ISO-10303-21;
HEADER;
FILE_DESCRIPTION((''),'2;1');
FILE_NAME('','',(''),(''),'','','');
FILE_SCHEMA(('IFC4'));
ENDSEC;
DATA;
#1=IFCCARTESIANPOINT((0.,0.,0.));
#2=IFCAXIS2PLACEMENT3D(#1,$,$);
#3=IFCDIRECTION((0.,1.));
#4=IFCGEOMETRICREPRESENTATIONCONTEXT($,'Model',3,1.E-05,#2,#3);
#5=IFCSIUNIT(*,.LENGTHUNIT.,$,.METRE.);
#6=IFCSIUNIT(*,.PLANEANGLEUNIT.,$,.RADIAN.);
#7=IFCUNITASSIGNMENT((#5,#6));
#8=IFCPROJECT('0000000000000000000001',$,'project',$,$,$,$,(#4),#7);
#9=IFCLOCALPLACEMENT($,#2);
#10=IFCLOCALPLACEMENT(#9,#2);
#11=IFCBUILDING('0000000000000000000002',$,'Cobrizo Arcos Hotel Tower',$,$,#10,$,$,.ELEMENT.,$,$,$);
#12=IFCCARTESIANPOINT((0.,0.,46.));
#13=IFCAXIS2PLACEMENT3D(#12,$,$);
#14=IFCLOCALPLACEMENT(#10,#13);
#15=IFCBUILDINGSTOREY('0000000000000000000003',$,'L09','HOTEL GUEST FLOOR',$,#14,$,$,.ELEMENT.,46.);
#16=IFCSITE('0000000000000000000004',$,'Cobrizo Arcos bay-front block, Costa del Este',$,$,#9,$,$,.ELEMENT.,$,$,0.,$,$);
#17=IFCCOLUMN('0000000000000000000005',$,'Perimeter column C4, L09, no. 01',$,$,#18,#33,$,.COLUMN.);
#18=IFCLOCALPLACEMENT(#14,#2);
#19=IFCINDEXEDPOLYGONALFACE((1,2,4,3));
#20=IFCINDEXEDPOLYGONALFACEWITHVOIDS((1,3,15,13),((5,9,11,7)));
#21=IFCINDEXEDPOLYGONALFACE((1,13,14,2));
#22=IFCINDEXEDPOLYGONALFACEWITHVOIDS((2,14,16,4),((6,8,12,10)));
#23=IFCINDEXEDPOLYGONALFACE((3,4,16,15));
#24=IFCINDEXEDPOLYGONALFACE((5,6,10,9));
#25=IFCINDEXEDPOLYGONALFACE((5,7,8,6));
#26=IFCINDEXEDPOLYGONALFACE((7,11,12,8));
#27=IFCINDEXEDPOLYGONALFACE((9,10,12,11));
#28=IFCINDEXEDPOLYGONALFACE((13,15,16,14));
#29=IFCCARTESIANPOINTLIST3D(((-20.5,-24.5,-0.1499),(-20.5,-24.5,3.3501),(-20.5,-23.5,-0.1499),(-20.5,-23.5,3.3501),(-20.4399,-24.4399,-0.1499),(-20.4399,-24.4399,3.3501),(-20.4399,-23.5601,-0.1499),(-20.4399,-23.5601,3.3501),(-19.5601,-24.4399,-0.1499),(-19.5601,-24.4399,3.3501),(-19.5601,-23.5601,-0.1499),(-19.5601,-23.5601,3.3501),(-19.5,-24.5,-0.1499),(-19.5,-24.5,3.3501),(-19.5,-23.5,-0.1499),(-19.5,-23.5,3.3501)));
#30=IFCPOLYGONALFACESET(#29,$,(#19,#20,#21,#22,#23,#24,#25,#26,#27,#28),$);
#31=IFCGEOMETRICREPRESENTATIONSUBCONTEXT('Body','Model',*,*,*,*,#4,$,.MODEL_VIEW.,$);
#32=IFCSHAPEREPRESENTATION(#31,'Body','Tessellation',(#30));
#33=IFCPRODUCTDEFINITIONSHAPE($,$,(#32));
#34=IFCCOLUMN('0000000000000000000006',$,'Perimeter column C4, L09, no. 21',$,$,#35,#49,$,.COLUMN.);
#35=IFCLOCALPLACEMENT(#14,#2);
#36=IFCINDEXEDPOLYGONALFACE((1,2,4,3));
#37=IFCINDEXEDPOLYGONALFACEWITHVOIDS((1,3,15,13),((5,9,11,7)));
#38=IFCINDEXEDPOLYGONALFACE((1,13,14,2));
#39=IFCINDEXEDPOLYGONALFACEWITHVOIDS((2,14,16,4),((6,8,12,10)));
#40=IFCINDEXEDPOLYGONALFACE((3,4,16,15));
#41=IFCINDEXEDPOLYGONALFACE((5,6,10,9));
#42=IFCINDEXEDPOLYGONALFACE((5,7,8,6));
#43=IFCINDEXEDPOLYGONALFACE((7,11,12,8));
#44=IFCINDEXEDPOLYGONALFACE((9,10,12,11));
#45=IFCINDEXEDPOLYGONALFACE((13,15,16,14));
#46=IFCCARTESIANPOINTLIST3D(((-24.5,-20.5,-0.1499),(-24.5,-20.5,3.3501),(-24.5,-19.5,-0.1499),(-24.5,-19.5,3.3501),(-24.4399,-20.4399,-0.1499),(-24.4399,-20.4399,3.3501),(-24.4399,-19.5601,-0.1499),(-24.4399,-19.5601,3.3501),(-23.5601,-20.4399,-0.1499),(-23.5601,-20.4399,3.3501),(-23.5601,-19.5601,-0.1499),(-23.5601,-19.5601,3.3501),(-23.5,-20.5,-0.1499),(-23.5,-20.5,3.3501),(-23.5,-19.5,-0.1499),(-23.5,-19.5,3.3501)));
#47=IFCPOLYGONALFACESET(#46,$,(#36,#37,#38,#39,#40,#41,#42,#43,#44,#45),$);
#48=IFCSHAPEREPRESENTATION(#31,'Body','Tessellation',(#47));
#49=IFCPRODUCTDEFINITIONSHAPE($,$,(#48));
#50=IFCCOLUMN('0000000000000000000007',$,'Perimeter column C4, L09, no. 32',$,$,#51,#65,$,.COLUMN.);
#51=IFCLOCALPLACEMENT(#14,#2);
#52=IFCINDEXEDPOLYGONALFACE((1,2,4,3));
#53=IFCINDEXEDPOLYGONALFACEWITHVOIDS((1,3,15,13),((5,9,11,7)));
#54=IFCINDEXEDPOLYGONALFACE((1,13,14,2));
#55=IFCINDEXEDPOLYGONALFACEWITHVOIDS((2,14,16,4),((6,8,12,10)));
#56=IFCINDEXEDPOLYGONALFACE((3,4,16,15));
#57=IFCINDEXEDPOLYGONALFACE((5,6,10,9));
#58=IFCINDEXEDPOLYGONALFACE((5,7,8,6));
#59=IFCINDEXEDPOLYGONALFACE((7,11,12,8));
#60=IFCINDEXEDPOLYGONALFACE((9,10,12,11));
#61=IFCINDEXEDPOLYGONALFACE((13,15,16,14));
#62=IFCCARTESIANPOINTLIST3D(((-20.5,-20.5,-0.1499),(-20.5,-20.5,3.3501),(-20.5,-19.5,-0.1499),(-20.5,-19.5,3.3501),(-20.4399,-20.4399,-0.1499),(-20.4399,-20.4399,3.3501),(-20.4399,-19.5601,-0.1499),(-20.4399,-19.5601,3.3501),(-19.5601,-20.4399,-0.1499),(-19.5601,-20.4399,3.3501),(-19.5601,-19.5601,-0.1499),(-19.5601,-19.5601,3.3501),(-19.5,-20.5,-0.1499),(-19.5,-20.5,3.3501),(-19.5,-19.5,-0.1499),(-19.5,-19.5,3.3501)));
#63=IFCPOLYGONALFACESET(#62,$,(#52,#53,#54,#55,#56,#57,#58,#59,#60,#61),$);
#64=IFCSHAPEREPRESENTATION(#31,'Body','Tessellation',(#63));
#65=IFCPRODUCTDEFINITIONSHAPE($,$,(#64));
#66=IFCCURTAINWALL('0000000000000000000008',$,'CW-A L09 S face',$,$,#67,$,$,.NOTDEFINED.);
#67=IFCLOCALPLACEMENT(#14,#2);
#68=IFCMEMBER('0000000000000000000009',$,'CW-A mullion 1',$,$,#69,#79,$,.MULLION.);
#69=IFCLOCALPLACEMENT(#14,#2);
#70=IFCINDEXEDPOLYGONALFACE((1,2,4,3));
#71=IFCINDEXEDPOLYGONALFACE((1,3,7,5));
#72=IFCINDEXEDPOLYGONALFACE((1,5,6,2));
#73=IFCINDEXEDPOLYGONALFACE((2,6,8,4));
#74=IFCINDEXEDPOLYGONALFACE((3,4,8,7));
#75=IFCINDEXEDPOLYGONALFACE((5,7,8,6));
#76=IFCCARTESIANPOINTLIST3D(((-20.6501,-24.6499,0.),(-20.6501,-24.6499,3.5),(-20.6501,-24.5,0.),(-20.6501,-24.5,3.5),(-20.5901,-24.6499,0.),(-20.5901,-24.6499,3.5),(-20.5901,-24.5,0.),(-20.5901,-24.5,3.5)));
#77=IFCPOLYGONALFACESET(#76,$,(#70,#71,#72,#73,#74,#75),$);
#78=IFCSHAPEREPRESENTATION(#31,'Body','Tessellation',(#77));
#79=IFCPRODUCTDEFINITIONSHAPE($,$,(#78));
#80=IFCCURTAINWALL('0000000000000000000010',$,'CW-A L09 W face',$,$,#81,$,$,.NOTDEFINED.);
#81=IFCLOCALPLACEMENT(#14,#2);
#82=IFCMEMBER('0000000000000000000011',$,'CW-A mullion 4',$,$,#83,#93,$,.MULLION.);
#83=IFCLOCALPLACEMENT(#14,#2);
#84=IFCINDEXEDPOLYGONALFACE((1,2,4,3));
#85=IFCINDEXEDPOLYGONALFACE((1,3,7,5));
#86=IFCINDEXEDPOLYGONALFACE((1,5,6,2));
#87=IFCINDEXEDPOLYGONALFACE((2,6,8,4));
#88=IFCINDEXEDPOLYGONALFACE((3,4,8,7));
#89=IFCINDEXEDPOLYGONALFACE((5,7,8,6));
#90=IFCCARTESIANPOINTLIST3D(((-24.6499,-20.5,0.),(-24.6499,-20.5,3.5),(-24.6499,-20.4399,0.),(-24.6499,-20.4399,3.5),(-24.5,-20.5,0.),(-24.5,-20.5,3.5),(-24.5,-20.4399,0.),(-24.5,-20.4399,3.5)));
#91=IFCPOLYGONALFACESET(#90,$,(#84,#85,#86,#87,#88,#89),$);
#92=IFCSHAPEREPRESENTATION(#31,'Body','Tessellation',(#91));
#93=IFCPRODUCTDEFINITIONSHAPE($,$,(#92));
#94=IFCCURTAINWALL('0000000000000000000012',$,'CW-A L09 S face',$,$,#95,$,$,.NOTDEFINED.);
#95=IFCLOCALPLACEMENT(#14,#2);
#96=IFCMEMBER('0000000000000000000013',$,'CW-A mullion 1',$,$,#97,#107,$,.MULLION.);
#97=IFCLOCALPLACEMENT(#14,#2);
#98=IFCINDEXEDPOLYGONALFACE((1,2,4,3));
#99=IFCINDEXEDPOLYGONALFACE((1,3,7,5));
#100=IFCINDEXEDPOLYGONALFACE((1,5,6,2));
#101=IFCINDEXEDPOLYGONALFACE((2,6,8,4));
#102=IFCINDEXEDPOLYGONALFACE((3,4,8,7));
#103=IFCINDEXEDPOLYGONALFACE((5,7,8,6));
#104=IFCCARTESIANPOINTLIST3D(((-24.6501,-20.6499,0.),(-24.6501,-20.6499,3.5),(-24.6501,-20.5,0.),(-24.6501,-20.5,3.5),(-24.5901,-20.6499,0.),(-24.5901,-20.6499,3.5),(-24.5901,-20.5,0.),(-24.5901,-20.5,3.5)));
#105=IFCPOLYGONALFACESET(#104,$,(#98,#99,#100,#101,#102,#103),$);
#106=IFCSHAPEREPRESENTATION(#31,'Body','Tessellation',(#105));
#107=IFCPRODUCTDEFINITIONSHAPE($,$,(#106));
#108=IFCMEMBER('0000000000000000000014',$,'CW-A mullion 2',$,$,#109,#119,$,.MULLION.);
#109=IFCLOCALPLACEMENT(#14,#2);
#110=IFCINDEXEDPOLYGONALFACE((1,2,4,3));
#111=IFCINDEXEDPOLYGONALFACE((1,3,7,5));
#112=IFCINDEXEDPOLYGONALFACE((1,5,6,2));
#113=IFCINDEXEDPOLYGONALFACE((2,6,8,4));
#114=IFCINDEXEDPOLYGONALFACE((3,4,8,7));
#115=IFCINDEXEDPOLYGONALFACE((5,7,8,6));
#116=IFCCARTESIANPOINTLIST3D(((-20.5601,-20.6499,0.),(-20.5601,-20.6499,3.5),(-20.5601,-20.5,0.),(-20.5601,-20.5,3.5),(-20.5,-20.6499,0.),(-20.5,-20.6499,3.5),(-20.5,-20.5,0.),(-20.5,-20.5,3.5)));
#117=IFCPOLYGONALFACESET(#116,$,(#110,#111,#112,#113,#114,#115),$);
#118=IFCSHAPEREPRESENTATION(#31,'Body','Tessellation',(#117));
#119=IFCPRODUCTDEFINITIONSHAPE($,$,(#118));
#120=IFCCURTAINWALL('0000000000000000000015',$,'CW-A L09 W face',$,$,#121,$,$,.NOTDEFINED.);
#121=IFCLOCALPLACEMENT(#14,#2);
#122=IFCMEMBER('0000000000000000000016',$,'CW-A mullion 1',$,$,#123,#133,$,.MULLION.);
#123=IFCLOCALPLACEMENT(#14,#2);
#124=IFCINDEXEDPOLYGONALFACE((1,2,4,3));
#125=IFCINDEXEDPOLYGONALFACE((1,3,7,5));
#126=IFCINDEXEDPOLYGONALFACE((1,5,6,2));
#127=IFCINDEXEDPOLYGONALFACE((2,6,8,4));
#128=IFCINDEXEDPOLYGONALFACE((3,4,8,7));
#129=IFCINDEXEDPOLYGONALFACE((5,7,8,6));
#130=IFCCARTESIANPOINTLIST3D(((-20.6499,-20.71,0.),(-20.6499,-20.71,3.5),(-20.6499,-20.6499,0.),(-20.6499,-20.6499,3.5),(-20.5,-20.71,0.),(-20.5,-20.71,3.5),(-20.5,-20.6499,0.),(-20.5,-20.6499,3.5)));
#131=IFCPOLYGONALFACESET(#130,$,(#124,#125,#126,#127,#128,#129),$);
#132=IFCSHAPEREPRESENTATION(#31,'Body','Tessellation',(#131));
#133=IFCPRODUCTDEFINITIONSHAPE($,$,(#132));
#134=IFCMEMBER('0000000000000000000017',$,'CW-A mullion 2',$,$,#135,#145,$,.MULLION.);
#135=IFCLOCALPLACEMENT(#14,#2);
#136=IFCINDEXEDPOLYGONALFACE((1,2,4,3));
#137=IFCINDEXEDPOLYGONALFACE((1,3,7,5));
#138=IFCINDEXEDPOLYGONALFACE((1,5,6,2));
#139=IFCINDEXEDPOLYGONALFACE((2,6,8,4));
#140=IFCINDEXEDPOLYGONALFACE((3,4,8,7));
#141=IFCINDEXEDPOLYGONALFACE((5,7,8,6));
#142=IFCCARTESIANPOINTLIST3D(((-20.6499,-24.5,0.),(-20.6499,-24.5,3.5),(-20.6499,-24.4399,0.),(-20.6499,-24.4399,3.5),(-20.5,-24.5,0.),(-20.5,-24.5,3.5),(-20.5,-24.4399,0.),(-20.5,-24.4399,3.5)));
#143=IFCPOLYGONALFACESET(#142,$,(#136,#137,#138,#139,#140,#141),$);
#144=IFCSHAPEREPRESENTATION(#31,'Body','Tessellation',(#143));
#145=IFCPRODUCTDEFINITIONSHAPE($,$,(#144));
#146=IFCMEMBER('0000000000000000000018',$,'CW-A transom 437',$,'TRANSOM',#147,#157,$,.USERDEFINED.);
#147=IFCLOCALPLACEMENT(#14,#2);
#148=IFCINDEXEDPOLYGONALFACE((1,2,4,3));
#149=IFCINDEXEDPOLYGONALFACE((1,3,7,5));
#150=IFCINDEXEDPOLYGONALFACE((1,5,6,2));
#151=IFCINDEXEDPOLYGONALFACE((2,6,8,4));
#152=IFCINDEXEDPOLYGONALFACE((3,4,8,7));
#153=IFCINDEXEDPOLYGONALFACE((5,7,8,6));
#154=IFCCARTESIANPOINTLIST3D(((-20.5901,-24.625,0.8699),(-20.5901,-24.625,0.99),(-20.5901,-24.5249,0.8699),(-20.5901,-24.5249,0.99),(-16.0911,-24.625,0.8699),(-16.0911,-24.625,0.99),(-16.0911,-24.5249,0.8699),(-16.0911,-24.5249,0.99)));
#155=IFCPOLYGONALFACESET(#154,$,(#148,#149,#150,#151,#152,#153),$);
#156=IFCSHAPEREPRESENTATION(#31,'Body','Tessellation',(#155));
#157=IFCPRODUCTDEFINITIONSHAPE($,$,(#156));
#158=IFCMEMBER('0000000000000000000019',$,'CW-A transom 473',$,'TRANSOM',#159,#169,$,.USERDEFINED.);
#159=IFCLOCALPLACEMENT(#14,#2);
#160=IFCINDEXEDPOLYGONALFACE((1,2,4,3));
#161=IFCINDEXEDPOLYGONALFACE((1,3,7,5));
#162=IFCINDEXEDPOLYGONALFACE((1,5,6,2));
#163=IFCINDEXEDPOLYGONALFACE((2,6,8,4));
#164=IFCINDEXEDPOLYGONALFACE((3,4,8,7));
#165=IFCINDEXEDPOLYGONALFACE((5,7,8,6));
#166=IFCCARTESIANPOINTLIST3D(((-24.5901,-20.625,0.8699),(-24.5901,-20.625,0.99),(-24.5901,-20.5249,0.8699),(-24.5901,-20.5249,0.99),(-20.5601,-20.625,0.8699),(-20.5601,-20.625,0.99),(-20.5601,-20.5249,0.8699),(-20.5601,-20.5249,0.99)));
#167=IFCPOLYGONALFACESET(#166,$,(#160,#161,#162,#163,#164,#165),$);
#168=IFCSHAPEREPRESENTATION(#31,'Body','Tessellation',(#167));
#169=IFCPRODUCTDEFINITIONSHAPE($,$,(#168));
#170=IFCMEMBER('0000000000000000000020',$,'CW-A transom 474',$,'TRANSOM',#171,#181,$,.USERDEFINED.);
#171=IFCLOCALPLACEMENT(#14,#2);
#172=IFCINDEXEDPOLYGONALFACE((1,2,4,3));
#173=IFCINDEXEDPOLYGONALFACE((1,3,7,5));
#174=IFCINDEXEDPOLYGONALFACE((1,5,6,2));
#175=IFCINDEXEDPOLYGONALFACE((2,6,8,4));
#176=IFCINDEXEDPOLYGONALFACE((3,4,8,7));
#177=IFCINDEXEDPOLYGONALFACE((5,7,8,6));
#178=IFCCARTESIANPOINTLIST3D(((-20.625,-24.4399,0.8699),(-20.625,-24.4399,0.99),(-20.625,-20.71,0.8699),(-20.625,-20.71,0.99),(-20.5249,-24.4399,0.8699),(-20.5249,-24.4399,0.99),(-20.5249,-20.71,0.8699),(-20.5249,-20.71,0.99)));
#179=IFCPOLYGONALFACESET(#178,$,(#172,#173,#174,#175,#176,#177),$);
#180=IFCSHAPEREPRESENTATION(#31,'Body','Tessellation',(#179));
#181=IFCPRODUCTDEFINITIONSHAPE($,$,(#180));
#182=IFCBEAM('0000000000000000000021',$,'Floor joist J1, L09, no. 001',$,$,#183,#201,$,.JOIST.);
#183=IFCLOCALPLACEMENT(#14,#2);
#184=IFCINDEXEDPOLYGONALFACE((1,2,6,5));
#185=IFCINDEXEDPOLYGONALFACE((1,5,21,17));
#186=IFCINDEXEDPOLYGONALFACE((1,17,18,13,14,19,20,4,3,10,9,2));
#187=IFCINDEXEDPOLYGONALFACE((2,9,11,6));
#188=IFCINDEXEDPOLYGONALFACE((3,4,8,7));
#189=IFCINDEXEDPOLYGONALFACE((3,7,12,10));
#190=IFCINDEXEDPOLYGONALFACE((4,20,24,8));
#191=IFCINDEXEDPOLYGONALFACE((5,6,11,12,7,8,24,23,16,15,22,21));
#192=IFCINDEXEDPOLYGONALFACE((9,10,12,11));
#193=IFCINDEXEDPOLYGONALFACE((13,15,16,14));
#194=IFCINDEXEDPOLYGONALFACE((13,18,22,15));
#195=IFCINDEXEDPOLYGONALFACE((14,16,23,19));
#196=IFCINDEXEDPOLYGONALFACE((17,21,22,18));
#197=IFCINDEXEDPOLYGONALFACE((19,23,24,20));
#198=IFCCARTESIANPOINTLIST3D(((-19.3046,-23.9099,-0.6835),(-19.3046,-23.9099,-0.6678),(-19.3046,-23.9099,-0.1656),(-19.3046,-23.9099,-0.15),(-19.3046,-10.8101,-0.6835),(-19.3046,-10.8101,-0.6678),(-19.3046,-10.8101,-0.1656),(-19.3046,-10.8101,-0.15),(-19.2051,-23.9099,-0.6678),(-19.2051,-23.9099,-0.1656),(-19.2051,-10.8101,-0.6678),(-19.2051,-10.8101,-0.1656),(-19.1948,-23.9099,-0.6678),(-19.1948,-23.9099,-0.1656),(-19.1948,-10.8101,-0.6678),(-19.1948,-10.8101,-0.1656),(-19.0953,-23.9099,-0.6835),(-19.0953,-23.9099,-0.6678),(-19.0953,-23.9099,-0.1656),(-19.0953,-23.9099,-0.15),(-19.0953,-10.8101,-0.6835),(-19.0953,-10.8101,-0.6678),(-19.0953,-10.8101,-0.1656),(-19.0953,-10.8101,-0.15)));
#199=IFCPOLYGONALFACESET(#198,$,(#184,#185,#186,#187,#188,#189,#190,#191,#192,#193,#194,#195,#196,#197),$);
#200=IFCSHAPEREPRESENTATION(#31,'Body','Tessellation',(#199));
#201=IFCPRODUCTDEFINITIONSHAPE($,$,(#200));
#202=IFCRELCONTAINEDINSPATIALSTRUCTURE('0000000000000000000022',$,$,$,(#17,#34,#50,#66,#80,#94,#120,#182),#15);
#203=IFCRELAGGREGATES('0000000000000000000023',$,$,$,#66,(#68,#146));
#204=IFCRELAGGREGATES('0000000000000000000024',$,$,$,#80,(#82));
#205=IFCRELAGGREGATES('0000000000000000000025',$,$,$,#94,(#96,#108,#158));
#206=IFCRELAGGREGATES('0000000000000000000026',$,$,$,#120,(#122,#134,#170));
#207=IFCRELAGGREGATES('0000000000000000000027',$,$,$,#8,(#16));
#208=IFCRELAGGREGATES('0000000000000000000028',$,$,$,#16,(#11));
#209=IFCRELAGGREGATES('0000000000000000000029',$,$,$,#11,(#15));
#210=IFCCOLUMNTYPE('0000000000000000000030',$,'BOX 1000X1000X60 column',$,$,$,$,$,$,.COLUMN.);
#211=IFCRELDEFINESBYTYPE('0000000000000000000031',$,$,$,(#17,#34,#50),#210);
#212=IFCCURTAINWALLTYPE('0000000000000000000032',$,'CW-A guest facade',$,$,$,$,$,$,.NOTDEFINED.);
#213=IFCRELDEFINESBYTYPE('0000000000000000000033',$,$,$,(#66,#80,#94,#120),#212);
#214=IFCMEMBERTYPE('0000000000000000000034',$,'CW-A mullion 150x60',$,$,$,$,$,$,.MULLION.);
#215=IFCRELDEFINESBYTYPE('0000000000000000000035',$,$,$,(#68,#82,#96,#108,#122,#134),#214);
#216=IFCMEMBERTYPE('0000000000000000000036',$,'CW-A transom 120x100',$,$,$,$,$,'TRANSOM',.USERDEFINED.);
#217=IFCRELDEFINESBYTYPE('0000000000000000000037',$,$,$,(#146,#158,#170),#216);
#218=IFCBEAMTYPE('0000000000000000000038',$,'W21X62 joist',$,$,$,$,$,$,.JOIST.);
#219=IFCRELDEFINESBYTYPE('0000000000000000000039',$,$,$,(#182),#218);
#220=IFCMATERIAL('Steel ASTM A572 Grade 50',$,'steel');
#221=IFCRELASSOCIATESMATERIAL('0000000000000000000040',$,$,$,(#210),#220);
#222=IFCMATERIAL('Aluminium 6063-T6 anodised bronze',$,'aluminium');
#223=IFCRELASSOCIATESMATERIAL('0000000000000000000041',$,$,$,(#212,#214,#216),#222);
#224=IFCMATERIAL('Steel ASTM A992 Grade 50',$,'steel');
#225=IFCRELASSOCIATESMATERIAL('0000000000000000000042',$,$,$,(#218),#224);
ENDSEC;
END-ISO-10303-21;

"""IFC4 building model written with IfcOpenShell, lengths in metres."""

from ifc_helpers import new_model, si_unit, direction, frame, origin, origin_2d, place, context, subcontext, project, spatial, rectangle, hollow_rectangle, i_section, extrude, material, material_profile, profile_set, type_object, element, aggregate, save


model = new_model("IFC4")

# Units and contexts
model_context = context("Model", 3, precision=1e-05, world=origin(), true_north=direction((0.0, 1.0)))
body_context = subcontext(model_context, "Body", "Model", "MODEL_VIEW")
ifc_project = project(units=[si_unit("LENGTHUNIT", "METRE"), si_unit("PLANEANGLEUNIT", "RADIAN")], contexts=[model_context])

# Site, building, storey
site_placement = place(None, origin())
site = spatial("IfcSite", under=ifc_project, at=site_placement, Name="Cobrizo Arcos bay-front block, Costa del Este", CompositionType="ELEMENT", RefElevation=0.0)
building_placement = place(site_placement, origin())
building = spatial("IfcBuilding", under=site, at=building_placement, Name="Cobrizo Arcos Hotel Tower", CompositionType="ELEMENT")
storey_placement = place(building_placement, frame((0.0, 0.0, 46.0)))
storey = spatial("IfcBuildingStorey", under=building, at=storey_placement, Name="L09", Description="HOTEL GUEST FLOOR", CompositionType="ELEMENT", Elevation=46.0)

# Columns
ifc_material_1 = material(Name="Steel ASTM A572 Grade 50", Category="steel")
ifc_material_profile_1 = material_profile(ifc_material_1, hollow_rectangle(XDim=1.0, YDim=1.0, WallThickness=0.0601, at=origin_2d()), Name="BOX 1000X1000X60")
ifc_profile_set_1 = profile_set([ifc_material_profile_1], Name="Steel ASTM A572 Grade 50")
column_type = type_object("IfcColumnType", Name="BOX 1000X1000X60 column", PredefinedType="COLUMN", material=ifc_profile_set_1)
for number, where, z_axis, x_axis, name in (
    (1, (-20.0, -24.0, -0.1499), (0.0, 0.0, 1.0), (1.0, 0.0, 0.0), "Perimeter column C4, L09, no. 01"),
    (2, (-24.0, -20.0, -0.1499), (0.0, 0.0, 1.0), (1.0, 0.0, 0.0), "Perimeter column C4, L09, no. 21"),
    (3, (-20.0, -20.0, -0.1499), (0.0, 0.0, 1.0), (1.0, 0.0, 0.0), "Perimeter column C4, L09, no. 32"),
):
    element("IfcColumn", number, at=place(storey_placement, frame(where, z_axis=z_axis, x_axis=x_axis)), inside=storey, type_object=column_type, Name=name, PredefinedType="COLUMN", context=body_context, shape_type="SweptSolid", body=[
        extrude(hollow_rectangle(XDim=1.0, YDim=1.0, WallThickness=0.0601, at=origin_2d()), origin(), (0.0, 0.0, 1.0), 3.5),
    ])

# Curtain walls, members
ifc_material_2 = material(Name="Aluminium 6063-T6 anodised bronze", Category="aluminium")
curtain_wall_type = type_object("IfcCurtainWallType", Name="CW-A guest facade", PredefinedType="NOTDEFINED", material=ifc_material_2)
curtain_wall_1_placement = place(storey_placement, origin())
curtain_wall_1 = element("IfcCurtainWall", 4, at=curtain_wall_1_placement, inside=storey, type_object=curtain_wall_type, Name="CW-A L09 S face", PredefinedType="NOTDEFINED")
ifc_material_profile_2 = material_profile(ifc_material_2, rectangle(XDim=0.1499, YDim=0.0601, at=origin_2d()), Name="CW-A mullion 150x60")
ifc_profile_set_2 = profile_set([ifc_material_profile_2], Name="Aluminium 6063-T6 anodised bronze")
member_type_1 = type_object("IfcMemberType", Name="CW-A mullion 150x60", PredefinedType="MULLION", material=ifc_profile_set_2)
member_1_placement = place(storey_placement, frame((-20.6201, -24.575, 0.0), z_axis=(0.0, 0.0, 1.0), x_axis=(0.0, -1.0, 0.0)))
member_1 = element("IfcMember", 5, at=member_1_placement, type_object=member_type_1, Name="CW-A mullion 1", PredefinedType="MULLION", context=body_context, shape_type="SweptSolid", body=[
    extrude(rectangle(XDim=0.1499, YDim=0.0601, at=origin_2d()), origin(), (0.0, 0.0, 1.0), 3.5),
])
curtain_wall_2_placement = place(storey_placement, origin())
curtain_wall_2 = element("IfcCurtainWall", 6, at=curtain_wall_2_placement, inside=storey, type_object=curtain_wall_type, Name="CW-A L09 W face", PredefinedType="NOTDEFINED")
member_2_placement = place(storey_placement, frame((-24.575, -20.47, 0.0), z_axis=(0.0, 0.0, 1.0), x_axis=(-1.0, 0.0, 0.0)))
member_2 = element("IfcMember", 7, at=member_2_placement, type_object=member_type_1, Name="CW-A mullion 4", PredefinedType="MULLION", context=body_context, shape_type="SweptSolid", body=[
    extrude(rectangle(XDim=0.1499, YDim=0.0601, at=origin_2d()), origin(), (0.0, 0.0, 1.0), 3.5),
])

# Curtain walls, members
curtain_wall_3_placement = place(storey_placement, origin())
curtain_wall_3 = element("IfcCurtainWall", 8, at=curtain_wall_3_placement, inside=storey, type_object=curtain_wall_type, Name="CW-A L09 S face", PredefinedType="NOTDEFINED")
member_3_placement = place(storey_placement, frame((-24.6201, -20.575, 0.0), z_axis=(0.0, 0.0, 1.0), x_axis=(0.0, -1.0, 0.0)))
member_3 = element("IfcMember", 9, at=member_3_placement, type_object=member_type_1, Name="CW-A mullion 1", PredefinedType="MULLION", context=body_context, shape_type="SweptSolid", body=[
    extrude(rectangle(XDim=0.1499, YDim=0.0601, at=origin_2d()), origin(), (0.0, 0.0, 1.0), 3.5),
])
member_4_placement = place(storey_placement, frame((-20.53, -20.575, 0.0), z_axis=(0.0, 0.0, 1.0), x_axis=(0.0, -1.0, 0.0)))
member_4 = element("IfcMember", 10, at=member_4_placement, type_object=member_type_1, Name="CW-A mullion 2", PredefinedType="MULLION", context=body_context, shape_type="SweptSolid", body=[
    extrude(rectangle(XDim=0.1499, YDim=0.0601, at=origin_2d()), origin(), (0.0, 0.0, 1.0), 3.5),
])
curtain_wall_4_placement = place(storey_placement, origin())
curtain_wall_4 = element("IfcCurtainWall", 11, at=curtain_wall_4_placement, inside=storey, type_object=curtain_wall_type, Name="CW-A L09 W face", PredefinedType="NOTDEFINED")
member_5_placement = place(storey_placement, frame((-20.575, -20.6799, 0.0), z_axis=(0.0, 0.0, 1.0), x_axis=(-1.0, 0.0, 0.0)))
member_5 = element("IfcMember", 12, at=member_5_placement, type_object=member_type_1, Name="CW-A mullion 1", PredefinedType="MULLION", context=body_context, shape_type="SweptSolid", body=[
    extrude(rectangle(XDim=0.1499, YDim=0.0601, at=origin_2d()), origin(), (0.0, 0.0, 1.0), 3.5),
])
member_6_placement = place(storey_placement, frame((-20.575, -24.47, 0.0), z_axis=(0.0, 0.0, 1.0), x_axis=(-1.0, 0.0, 0.0)))
member_6 = element("IfcMember", 13, at=member_6_placement, type_object=member_type_1, Name="CW-A mullion 2", PredefinedType="MULLION", context=body_context, shape_type="SweptSolid", body=[
    extrude(rectangle(XDim=0.1499, YDim=0.0601, at=origin_2d()), origin(), (0.0, 0.0, 1.0), 3.5),
])

# Members
ifc_material_profile_3 = material_profile(ifc_material_2, rectangle(XDim=0.1001, YDim=0.1201, at=origin_2d()), Name="CW-A transom 120x100")
ifc_profile_set_3 = profile_set([ifc_material_profile_3], Name="Aluminium 6063-T6 anodised bronze")
member_type_2 = type_object("IfcMemberType", Name="CW-A transom 120x100", ElementType="TRANSOM", PredefinedType="USERDEFINED", material=ifc_profile_set_3)
member_7_placement = place(storey_placement, frame((-20.5901, -24.575, 0.9299), z_axis=(1.0, 0.0, 0.0), x_axis=(0.0, 1.0, 0.0)))
member_7 = element("IfcMember", 14, at=member_7_placement, type_object=member_type_2, Name="CW-A transom 437", ObjectType="TRANSOM", PredefinedType="USERDEFINED", context=body_context, shape_type="SweptSolid", body=[
    extrude(rectangle(XDim=0.1001, YDim=0.1201, at=origin_2d()), origin(), (0.0, 0.0, 1.0), 4.499),
])
member_8_placement = place(storey_placement, frame((-24.5901, -20.575, 0.9299), z_axis=(1.0, 0.0, 0.0), x_axis=(0.0, 1.0, 0.0)))
member_8 = element("IfcMember", 15, at=member_8_placement, type_object=member_type_2, Name="CW-A transom 473", ObjectType="TRANSOM", PredefinedType="USERDEFINED", context=body_context, shape_type="SweptSolid", body=[
    extrude(rectangle(XDim=0.1001, YDim=0.1201, at=origin_2d()), origin(), (0.0, 0.0, 1.0), 4.03),
])
member_9_placement = place(storey_placement, frame((-20.575, -20.71, 0.9299), z_axis=(0.0, -1.0, 0.0), x_axis=(1.0, 0.0, 0.0)))
member_9 = element("IfcMember", 16, at=member_9_placement, type_object=member_type_2, Name="CW-A transom 474", ObjectType="TRANSOM", PredefinedType="USERDEFINED", context=body_context, shape_type="SweptSolid", body=[
    extrude(rectangle(XDim=0.1001, YDim=0.1201, at=origin_2d()), origin(), (0.0, 0.0, 1.0), 3.73),
])

# Beam
ifc_material_3 = material(Name="Steel ASTM A992 Grade 50", Category="steel")
ifc_material_profile_4 = material_profile(ifc_material_3, i_section(OverallWidth=0.2092, OverallDepth=0.5334, WebThickness=0.0103, FlangeThickness=0.0156, at=origin_2d()), Name="W21X62")
ifc_profile_set_4 = profile_set([ifc_material_profile_4], Name="Steel ASTM A992 Grade 50")
beam_type_1 = type_object("IfcBeamType", Name="W21X62 joist", PredefinedType="JOIST", material=ifc_profile_set_4)
beam_placement = place(storey_placement, frame((-19.2, -23.9099, -0.4167), z_axis=(0.0, 1.0, 0.0), x_axis=(-1.0, 0.0, 0.0)))
element("IfcBeam", 17, at=beam_placement, inside=storey, type_object=beam_type_1, Name="Floor joist J1, L09, no. 001", PredefinedType="JOIST", context=body_context, shape_type="SweptSolid", body=[
    extrude(i_section(OverallWidth=0.2092, OverallDepth=0.5334, WebThickness=0.0103, FlangeThickness=0.0156, at=origin_2d()), origin(), (0.0, 0.0, 1.0), 13.0999),
])

aggregate(curtain_wall_1, [member_1, member_7])
aggregate(curtain_wall_2, [member_2])
aggregate(curtain_wall_3, [member_3, member_4, member_8])
aggregate(curtain_wall_4, [member_5, member_6, member_9])

save(model, "model.ifc")
